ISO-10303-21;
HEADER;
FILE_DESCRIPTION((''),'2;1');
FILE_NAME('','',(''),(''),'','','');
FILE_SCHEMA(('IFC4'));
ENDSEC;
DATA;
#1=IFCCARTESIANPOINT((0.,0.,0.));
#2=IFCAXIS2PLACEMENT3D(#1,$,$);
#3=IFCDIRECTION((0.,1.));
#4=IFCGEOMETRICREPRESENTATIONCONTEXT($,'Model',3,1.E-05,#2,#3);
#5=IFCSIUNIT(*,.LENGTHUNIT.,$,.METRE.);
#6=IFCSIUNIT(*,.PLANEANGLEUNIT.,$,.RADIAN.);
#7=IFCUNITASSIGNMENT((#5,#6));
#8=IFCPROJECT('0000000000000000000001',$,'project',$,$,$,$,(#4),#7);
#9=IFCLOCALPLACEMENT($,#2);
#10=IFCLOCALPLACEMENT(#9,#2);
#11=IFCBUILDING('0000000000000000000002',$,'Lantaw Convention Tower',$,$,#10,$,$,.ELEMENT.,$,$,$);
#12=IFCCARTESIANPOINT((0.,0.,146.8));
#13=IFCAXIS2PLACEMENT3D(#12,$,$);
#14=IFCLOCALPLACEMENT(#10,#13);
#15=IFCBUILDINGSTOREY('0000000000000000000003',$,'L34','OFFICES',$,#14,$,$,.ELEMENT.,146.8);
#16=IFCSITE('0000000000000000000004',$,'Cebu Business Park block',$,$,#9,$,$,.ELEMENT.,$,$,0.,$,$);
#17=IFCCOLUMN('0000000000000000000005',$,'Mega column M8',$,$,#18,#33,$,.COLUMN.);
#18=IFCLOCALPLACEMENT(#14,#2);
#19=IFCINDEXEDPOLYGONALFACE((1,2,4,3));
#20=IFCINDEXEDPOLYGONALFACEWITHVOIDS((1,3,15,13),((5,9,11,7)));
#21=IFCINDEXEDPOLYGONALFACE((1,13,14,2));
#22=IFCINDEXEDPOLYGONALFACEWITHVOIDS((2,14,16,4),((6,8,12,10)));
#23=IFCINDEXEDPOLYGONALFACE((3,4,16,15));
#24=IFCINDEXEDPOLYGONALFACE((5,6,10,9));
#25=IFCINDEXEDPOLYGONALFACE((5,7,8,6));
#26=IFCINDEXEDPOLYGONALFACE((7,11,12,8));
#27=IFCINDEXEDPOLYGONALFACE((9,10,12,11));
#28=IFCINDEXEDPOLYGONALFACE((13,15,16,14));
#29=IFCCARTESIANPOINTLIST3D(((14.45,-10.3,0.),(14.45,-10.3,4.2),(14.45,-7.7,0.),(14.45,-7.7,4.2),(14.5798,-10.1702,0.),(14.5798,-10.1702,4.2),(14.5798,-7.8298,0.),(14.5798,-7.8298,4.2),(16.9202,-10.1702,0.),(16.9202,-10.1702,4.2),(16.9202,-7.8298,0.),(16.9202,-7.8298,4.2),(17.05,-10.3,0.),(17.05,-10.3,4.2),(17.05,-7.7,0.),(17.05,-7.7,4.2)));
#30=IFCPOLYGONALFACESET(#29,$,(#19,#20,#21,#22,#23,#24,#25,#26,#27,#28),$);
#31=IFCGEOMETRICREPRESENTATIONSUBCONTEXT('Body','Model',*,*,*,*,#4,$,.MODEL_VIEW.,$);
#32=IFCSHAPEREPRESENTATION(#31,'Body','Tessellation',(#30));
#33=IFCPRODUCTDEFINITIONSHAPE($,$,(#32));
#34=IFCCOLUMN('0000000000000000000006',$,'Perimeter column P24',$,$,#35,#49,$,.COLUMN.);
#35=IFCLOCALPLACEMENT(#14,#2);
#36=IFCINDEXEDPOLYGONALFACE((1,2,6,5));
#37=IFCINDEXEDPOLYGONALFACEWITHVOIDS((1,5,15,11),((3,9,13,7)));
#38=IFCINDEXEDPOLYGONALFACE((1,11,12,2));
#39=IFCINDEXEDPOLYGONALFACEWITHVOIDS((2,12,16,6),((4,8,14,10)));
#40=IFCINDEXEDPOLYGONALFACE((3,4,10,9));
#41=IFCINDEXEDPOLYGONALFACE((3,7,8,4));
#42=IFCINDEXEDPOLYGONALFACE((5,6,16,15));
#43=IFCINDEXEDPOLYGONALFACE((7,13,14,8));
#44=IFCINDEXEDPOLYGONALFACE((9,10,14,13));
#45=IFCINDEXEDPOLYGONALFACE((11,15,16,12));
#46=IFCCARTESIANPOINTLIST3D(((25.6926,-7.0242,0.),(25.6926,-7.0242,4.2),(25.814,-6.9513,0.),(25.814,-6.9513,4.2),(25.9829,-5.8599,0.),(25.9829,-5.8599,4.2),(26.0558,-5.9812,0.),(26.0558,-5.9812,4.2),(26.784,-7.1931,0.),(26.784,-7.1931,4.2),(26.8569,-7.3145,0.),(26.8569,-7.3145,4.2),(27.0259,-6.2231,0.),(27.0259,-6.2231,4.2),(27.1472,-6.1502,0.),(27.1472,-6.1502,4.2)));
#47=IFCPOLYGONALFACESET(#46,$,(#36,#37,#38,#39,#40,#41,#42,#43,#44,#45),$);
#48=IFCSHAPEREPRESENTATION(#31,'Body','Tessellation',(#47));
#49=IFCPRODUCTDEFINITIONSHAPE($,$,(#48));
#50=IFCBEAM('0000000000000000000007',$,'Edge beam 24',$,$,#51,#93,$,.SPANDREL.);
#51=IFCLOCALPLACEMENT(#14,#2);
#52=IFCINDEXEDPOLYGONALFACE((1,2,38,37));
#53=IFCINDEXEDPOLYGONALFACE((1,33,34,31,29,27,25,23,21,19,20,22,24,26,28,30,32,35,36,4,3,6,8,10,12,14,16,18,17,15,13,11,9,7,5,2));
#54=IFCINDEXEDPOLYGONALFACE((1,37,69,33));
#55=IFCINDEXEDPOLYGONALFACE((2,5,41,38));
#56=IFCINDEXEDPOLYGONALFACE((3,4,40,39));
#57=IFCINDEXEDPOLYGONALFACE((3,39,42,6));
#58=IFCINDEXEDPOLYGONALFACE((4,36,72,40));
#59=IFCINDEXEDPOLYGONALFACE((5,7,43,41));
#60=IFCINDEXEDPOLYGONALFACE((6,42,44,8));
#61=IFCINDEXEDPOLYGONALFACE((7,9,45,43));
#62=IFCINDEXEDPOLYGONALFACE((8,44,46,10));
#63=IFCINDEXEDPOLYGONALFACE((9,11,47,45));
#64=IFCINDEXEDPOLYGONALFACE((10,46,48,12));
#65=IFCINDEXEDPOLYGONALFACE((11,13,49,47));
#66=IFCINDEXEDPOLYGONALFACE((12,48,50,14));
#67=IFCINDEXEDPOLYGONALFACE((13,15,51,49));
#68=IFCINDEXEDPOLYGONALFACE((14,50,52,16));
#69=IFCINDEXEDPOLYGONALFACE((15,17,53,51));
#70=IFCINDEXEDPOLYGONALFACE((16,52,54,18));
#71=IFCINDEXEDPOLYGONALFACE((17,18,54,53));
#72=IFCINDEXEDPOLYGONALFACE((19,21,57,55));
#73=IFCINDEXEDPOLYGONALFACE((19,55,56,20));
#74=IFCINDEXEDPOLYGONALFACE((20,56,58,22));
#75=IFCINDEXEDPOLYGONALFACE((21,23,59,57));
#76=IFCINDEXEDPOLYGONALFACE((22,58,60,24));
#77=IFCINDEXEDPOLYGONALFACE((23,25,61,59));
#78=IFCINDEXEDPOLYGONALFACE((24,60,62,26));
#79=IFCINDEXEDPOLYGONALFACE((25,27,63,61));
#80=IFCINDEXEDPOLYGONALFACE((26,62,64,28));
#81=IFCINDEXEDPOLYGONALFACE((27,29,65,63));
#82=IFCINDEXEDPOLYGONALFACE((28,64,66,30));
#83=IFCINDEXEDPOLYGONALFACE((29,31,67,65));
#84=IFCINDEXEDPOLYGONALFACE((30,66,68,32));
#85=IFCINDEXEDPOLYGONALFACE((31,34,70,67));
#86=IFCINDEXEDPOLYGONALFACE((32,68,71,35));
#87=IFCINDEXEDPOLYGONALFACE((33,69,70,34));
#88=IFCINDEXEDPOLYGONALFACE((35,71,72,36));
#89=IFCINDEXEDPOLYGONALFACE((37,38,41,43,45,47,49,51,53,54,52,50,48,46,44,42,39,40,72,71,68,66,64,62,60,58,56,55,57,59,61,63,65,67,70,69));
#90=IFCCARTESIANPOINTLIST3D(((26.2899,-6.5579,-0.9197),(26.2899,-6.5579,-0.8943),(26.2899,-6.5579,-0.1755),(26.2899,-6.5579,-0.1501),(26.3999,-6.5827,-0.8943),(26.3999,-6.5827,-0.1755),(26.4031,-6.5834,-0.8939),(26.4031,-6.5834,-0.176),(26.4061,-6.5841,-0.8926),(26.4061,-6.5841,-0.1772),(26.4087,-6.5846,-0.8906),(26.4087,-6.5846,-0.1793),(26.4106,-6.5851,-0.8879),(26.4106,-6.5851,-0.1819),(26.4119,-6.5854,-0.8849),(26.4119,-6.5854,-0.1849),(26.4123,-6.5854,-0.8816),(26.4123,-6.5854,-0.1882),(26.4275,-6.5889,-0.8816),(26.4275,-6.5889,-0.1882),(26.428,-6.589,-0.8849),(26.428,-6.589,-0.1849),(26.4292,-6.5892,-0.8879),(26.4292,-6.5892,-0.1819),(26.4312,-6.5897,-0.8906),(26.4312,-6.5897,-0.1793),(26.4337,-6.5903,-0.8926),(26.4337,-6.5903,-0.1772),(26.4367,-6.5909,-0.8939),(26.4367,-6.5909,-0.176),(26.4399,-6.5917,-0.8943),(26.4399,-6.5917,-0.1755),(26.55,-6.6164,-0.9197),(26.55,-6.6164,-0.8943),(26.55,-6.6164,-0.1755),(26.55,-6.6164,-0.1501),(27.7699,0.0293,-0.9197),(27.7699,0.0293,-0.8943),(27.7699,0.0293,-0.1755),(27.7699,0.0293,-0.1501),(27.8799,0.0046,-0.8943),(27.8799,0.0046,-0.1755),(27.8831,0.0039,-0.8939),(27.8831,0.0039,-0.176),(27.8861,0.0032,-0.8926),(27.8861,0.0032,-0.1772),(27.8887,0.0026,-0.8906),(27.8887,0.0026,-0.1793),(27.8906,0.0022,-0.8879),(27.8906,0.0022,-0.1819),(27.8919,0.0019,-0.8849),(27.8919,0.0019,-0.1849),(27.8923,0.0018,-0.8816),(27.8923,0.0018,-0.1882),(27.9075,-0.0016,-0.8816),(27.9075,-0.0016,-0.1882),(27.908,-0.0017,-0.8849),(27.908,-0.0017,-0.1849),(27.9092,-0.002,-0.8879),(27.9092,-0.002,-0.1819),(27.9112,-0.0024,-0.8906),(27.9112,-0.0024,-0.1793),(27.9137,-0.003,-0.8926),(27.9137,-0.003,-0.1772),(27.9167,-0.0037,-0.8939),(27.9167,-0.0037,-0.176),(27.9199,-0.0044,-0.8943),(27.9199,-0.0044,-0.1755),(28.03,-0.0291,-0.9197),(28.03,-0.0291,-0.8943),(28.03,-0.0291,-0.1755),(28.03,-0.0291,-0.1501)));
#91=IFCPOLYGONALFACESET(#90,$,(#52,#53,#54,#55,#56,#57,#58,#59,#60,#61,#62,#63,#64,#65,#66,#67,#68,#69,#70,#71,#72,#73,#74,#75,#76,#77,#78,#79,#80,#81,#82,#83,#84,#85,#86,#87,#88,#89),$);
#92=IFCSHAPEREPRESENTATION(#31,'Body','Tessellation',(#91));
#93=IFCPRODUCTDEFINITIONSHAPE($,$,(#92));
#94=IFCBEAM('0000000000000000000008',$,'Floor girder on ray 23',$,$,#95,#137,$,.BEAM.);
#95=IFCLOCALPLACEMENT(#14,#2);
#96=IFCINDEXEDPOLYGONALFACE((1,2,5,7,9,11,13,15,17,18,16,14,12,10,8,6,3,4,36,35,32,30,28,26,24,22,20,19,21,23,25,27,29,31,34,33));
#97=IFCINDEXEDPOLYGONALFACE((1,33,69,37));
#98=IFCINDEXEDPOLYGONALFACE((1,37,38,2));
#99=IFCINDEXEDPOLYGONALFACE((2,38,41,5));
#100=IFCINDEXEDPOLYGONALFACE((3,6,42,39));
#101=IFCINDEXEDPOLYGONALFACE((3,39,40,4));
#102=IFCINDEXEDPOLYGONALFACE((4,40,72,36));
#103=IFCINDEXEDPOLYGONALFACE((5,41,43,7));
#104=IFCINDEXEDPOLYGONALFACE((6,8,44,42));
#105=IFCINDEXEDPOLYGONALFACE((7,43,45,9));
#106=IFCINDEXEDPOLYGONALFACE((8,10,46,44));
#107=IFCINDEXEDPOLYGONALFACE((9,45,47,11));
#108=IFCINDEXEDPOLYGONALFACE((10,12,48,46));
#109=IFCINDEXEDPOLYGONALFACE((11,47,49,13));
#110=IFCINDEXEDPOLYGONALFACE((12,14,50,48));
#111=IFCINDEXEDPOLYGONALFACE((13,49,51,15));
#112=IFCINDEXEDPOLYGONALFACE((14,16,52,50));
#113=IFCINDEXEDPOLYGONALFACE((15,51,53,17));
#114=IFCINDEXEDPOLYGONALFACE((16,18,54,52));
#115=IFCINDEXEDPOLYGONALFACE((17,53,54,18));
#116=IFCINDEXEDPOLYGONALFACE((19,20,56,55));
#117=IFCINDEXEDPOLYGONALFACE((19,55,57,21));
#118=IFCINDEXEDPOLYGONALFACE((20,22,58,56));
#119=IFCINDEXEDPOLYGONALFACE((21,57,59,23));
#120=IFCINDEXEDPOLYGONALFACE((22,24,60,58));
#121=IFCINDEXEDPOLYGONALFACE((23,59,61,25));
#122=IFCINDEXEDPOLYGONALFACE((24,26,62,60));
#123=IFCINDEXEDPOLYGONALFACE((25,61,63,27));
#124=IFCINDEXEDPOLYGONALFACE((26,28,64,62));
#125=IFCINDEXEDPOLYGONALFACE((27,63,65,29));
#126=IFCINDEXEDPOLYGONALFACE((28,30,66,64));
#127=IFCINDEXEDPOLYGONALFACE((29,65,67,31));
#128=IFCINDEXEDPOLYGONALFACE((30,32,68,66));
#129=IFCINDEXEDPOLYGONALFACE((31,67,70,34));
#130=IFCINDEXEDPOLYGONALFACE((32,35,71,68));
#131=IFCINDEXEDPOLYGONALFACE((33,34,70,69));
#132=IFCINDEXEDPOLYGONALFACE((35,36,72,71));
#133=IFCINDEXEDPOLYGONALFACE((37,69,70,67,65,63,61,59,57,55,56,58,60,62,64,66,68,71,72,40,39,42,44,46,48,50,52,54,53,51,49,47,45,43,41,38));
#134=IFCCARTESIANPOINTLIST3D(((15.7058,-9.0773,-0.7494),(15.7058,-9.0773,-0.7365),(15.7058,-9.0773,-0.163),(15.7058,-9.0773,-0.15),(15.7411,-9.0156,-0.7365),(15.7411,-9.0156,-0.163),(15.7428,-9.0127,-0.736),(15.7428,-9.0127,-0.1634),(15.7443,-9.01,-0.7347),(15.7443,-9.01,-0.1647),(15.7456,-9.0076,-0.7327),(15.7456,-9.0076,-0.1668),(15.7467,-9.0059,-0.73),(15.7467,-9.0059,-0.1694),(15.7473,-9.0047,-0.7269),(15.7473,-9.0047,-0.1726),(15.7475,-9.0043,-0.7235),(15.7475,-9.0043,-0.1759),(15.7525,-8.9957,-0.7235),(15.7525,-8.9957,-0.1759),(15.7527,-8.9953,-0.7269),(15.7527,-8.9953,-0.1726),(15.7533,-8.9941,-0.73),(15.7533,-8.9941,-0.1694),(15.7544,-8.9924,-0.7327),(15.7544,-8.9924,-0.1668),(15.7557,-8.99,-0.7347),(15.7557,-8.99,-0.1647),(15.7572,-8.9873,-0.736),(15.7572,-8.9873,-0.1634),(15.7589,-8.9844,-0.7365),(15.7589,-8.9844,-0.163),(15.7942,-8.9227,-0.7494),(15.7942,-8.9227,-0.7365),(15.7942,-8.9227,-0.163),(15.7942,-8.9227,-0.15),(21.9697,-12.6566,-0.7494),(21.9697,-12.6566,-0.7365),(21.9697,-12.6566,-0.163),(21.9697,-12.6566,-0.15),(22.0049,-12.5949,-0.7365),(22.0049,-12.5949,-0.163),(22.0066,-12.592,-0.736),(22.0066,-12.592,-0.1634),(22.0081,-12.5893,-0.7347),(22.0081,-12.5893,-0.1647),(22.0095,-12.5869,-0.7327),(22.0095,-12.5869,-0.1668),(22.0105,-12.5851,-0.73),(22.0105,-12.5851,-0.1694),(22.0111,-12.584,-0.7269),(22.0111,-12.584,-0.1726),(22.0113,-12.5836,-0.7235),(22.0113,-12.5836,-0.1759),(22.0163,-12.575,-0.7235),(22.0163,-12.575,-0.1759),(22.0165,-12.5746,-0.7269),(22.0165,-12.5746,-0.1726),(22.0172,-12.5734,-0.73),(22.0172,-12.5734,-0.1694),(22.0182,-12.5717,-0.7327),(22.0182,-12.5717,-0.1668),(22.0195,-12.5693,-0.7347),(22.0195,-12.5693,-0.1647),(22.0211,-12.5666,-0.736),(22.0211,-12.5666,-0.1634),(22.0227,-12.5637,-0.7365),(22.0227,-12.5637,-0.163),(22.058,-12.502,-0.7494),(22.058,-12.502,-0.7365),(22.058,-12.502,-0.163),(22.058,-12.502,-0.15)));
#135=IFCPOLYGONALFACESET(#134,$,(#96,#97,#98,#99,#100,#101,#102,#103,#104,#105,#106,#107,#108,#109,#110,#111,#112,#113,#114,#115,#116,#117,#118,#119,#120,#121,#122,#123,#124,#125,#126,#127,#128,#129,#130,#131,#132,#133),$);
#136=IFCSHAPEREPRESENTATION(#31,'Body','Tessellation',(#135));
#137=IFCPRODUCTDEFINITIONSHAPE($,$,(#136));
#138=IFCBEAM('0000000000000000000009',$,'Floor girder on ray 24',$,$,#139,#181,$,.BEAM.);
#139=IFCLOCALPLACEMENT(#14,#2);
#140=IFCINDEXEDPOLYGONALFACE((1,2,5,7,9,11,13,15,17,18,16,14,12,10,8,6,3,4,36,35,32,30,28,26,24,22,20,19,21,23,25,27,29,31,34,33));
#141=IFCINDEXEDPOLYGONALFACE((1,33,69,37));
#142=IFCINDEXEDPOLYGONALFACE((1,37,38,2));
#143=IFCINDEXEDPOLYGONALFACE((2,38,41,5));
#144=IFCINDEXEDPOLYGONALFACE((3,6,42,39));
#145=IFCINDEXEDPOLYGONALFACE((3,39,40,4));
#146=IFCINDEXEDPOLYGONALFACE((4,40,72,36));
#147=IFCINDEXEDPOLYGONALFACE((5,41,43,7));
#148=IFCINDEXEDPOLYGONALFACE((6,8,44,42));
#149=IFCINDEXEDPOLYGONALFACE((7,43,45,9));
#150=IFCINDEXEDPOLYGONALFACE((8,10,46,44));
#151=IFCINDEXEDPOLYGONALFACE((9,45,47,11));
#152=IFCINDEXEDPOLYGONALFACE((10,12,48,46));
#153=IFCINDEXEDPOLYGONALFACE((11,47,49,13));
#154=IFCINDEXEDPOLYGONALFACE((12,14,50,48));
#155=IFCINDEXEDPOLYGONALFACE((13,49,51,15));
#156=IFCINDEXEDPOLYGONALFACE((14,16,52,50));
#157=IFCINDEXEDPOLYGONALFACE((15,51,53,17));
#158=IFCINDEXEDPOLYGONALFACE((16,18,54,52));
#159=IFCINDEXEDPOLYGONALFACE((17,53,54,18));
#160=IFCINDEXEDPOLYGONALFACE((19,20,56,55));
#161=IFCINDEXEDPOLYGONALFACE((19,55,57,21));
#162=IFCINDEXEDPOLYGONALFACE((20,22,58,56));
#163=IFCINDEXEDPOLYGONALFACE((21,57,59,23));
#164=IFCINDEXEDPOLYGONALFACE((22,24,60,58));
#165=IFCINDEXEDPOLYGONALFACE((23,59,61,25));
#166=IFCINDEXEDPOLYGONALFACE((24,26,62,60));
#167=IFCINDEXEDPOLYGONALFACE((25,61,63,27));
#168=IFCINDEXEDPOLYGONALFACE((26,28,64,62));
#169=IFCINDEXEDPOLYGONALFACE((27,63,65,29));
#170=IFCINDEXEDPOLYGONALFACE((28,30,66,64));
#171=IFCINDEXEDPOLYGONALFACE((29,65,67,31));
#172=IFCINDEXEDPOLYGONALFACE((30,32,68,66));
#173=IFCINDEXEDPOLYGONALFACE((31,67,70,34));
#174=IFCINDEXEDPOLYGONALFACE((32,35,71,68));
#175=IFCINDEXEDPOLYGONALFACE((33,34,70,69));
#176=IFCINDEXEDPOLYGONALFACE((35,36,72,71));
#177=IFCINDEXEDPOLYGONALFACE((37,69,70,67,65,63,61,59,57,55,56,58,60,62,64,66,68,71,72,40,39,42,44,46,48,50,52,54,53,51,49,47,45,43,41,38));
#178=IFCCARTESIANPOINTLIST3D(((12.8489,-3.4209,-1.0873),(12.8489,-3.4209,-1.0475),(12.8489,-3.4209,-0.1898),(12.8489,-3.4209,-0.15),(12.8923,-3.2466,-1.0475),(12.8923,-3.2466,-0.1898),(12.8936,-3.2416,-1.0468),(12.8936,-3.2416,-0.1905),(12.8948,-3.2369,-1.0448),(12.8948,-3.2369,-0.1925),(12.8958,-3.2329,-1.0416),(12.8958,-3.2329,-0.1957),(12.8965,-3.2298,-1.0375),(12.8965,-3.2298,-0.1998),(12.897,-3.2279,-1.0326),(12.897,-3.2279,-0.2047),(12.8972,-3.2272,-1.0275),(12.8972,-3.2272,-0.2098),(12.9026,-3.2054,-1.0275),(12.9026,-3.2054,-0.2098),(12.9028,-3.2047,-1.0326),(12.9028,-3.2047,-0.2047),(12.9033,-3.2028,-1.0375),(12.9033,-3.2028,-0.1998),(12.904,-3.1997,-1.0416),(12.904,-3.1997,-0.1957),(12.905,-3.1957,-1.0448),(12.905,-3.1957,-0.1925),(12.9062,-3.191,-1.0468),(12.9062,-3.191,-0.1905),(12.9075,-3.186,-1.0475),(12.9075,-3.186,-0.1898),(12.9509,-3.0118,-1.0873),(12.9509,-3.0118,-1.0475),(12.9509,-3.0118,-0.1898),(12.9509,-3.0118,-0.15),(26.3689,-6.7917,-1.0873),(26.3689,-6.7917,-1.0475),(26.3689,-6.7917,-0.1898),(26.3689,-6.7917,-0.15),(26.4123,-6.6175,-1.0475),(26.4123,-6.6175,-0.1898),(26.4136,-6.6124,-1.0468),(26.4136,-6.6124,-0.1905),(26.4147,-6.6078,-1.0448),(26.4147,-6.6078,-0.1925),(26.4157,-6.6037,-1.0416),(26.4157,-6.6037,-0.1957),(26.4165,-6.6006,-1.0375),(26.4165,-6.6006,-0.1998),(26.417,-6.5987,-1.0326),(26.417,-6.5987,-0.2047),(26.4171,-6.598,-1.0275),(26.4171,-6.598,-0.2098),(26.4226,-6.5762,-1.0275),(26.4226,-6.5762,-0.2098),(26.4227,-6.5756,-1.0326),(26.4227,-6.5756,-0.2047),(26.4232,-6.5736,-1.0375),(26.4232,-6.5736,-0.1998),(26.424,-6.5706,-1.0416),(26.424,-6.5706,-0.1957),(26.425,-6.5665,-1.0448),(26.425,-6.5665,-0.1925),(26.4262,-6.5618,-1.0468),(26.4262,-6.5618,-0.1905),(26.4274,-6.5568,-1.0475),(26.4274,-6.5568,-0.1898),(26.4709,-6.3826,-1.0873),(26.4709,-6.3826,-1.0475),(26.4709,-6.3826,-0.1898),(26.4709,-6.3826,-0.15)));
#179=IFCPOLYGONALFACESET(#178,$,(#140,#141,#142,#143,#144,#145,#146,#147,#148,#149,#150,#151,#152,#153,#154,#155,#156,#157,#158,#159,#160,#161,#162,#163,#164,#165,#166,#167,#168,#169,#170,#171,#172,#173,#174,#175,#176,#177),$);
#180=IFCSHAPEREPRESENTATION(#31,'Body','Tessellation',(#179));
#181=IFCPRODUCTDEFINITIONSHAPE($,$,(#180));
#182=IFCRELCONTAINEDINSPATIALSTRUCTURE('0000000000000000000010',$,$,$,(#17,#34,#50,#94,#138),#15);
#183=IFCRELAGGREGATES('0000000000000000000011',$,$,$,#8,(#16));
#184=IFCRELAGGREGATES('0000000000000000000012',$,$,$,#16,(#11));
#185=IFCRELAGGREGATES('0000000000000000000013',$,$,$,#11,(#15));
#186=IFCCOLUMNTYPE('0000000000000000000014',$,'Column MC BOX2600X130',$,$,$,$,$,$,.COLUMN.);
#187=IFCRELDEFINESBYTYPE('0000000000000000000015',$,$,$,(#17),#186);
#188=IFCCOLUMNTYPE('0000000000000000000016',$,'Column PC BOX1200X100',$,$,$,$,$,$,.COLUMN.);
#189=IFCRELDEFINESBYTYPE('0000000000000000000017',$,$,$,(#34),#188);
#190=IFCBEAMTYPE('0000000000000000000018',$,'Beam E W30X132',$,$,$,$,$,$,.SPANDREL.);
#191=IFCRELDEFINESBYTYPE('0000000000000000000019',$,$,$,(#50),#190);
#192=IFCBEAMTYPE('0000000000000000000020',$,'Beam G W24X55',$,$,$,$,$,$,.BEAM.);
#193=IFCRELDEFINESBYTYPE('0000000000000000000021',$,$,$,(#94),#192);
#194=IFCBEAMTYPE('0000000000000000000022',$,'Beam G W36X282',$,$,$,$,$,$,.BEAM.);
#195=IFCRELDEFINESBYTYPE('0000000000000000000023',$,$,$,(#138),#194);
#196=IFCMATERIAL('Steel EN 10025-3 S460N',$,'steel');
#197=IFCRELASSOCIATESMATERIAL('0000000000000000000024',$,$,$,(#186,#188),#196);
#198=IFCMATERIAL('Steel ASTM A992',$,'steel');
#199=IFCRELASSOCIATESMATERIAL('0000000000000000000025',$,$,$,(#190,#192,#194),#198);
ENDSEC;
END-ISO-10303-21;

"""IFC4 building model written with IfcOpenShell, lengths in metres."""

from ifc_helpers import new_model, si_unit, direction, frame, origin, origin_2d, place, context, subcontext, project, spatial, rectangle, hollow_rectangle, i_section, extrude, material, material_profile, profile_set, type_object, element, save


model = new_model("IFC4")

# Units and contexts
model_context = context("Model", 3, precision=1e-05, world=origin(), true_north=direction((0.0, 1.0)))
body_context = subcontext(model_context, "Body", "Model", "MODEL_VIEW")
ifc_project = project(units=[si_unit("LENGTHUNIT", "METRE"), si_unit("PLANEANGLEUNIT", "RADIAN")], contexts=[model_context])

# Site, building, storey
site_placement = place(None, origin())
site = spatial("IfcSite", under=ifc_project, at=site_placement, Name="Cebu Business Park block", CompositionType="ELEMENT", RefElevation=0.0)
building_placement = place(site_placement, origin())
building = spatial("IfcBuilding", under=site, at=building_placement, Name="Lantaw Convention Tower", CompositionType="ELEMENT")
storey_placement = place(building_placement, frame((0.0, 0.0, 146.8)))
storey = spatial("IfcBuildingStorey", under=building, at=storey_placement, Name="L34", Description="OFFICES", CompositionType="ELEMENT", Elevation=146.8)

# Columns
ifc_material_1 = material(Name="Steel EN 10025-3 S460N", Category="steel")
ifc_material_profile_1 = material_profile(ifc_material_1, hollow_rectangle(XDim=2.6001, YDim=2.6001, WallThickness=0.1299, at=origin_2d()), Name="BOX2600X130")
ifc_material_2 = material(Name="Concrete C60/75", Category="concrete")
ifc_material_profile_2 = material_profile(ifc_material_2, rectangle(XDim=2.3401, YDim=2.3401, at=origin_2d()), Name="Concrete fill of BOX2600X130")
ifc_profile_set_1 = profile_set([ifc_material_profile_1, ifc_material_profile_2], Name="Steel EN 10025-3 S460N")
column_type_1 = type_object("IfcColumnType", Name="Column MC BOX2600X130", PredefinedType="COLUMN", material=ifc_profile_set_1)
column_1_placement = place(storey_placement, frame((15.75, -9.0, 0.0), z_axis=(0.0, 0.0, 1.0), x_axis=(1.0, 0.0, 0.0)))
element("IfcColumn", 1, at=column_1_placement, inside=storey, type_object=column_type_1, Name="Mega column M8", PredefinedType="COLUMN", context=body_context, shape_type="SweptSolid", body=[
    extrude(hollow_rectangle(XDim=2.6001, YDim=2.6001, WallThickness=0.1299, at=origin_2d()), origin(), (0.0, 0.0, 1.0), 4.2),
])
ifc_material_profile_3 = material_profile(ifc_material_1, hollow_rectangle(XDim=1.2, YDim=1.2, WallThickness=0.1001, at=origin_2d()), Name="BOX1200X100")
ifc_material_profile_4 = material_profile(ifc_material_2, rectangle(XDim=1.0, YDim=1.0, at=origin_2d()), Name="Concrete fill of BOX1200X100")
ifc_profile_set_2 = profile_set([ifc_material_profile_3, ifc_material_profile_4], Name="Steel EN 10025-3 S460N")
column_type_2 = type_object("IfcColumnType", Name="Column PC BOX1200X100", PredefinedType="COLUMN", material=ifc_profile_set_2)
column_2_placement = place(storey_placement, frame((26.4199, -6.5872, 0.0), z_axis=(0.0, 0.0, 1.0), x_axis=(0.241922, 0.970296, 0.0)))
element("IfcColumn", 2, at=column_2_placement, inside=storey, type_object=column_type_2, Name="Perimeter column P24", PredefinedType="COLUMN", context=body_context, shape_type="SweptSolid", body=[
    extrude(hollow_rectangle(XDim=1.2, YDim=1.2, WallThickness=0.1001, at=origin_2d()), origin(), (0.0, 0.0, 1.0), 4.2),
])

# Beams
ifc_material_3 = material(Name="Steel ASTM A992", Category="steel")
ifc_material_profile_5 = material_profile(ifc_material_3, i_section(OverallWidth=0.2666, OverallDepth=0.7695, WebThickness=0.0156, FlangeThickness=0.0254, FilletRadius=0.0127, at=origin_2d()), Name="W30X132")
ifc_profile_set_3 = profile_set([ifc_material_profile_5], Name="Steel ASTM A992")
beam_type_1 = type_object("IfcBeamType", Name="Beam E W30X132", PredefinedType="SPANDREL", material=ifc_profile_set_3)
beam_1_placement = place(storey_placement, frame((26.4199, -6.5872, -0.5349), z_axis=(0.219212, 0.975677, 0.0), x_axis=(-0.975677, 0.219212, 0.0)))
element("IfcBeam", 3, at=beam_1_placement, inside=storey, type_object=beam_type_1, Name="Edge beam 24", PredefinedType="SPANDREL", context=body_context, shape_type="SweptSolid", body=[
    extrude(i_section(OverallWidth=0.2666, OverallDepth=0.7695, WebThickness=0.0156, FlangeThickness=0.0254, FilletRadius=0.0127, at=origin_2d()), origin(), (0.0, 0.0, 1.0), 6.7515),
])
ifc_material_profile_6 = material_profile(ifc_material_3, i_section(OverallWidth=0.178, OverallDepth=0.5994, WebThickness=0.01, FlangeThickness=0.0129, FilletRadius=0.0129, at=origin_2d()), Name="W24X55")
ifc_profile_set_4 = profile_set([ifc_material_profile_6], Name="Steel ASTM A992")
beam_type_2 = type_object("IfcBeamType", Name="Beam G W24X55", PredefinedType="BEAM", material=ifc_profile_set_4)
beam_2_placement = place(storey_placement, frame((15.75, -9.0, -0.4497), z_axis=(0.868245, -0.496135, 0.0), x_axis=(0.496135, 0.868245, 0.0)))
element("IfcBeam", 4, at=beam_2_placement, inside=storey, type_object=beam_type_2, Name="Floor girder on ray 23", PredefinedType="BEAM", context=body_context, shape_type="SweptSolid", body=[
    extrude(i_section(OverallWidth=0.178, OverallDepth=0.5994, WebThickness=0.01, FlangeThickness=0.0129, FilletRadius=0.0129, at=origin_2d()), origin(), (0.0, 0.0, 1.0), 7.2144),
])
ifc_material_profile_7 = material_profile(ifc_material_3, i_section(OverallWidth=0.4216, OverallDepth=0.9373, WebThickness=0.0225, FlangeThickness=0.0398, FilletRadius=0.02, at=origin_2d()), Name="W36X282")
ifc_profile_set_5 = profile_set([ifc_material_profile_7], Name="Steel ASTM A992")
beam_type_3 = type_object("IfcBeamType", Name="Beam G W36X282", PredefinedType="BEAM", material=ifc_profile_set_5)
beam_3_placement = place(storey_placement, frame((12.8999, -3.2163, -0.6187), z_axis=(0.970297, -0.241917, 0.0), x_axis=(0.241917, 0.970297, 0.0)))
element("IfcBeam", 5, at=beam_3_placement, inside=storey, type_object=beam_type_3, Name="Floor girder on ray 24", PredefinedType="BEAM", context=body_context, shape_type="SweptSolid", body=[
    extrude(i_section(OverallWidth=0.4216, OverallDepth=0.9373, WebThickness=0.0225, FlangeThickness=0.0398, FilletRadius=0.02, at=origin_2d()), origin(), (0.0, 0.0, 1.0), 13.9338),
])

save(model, "model.ifc")
